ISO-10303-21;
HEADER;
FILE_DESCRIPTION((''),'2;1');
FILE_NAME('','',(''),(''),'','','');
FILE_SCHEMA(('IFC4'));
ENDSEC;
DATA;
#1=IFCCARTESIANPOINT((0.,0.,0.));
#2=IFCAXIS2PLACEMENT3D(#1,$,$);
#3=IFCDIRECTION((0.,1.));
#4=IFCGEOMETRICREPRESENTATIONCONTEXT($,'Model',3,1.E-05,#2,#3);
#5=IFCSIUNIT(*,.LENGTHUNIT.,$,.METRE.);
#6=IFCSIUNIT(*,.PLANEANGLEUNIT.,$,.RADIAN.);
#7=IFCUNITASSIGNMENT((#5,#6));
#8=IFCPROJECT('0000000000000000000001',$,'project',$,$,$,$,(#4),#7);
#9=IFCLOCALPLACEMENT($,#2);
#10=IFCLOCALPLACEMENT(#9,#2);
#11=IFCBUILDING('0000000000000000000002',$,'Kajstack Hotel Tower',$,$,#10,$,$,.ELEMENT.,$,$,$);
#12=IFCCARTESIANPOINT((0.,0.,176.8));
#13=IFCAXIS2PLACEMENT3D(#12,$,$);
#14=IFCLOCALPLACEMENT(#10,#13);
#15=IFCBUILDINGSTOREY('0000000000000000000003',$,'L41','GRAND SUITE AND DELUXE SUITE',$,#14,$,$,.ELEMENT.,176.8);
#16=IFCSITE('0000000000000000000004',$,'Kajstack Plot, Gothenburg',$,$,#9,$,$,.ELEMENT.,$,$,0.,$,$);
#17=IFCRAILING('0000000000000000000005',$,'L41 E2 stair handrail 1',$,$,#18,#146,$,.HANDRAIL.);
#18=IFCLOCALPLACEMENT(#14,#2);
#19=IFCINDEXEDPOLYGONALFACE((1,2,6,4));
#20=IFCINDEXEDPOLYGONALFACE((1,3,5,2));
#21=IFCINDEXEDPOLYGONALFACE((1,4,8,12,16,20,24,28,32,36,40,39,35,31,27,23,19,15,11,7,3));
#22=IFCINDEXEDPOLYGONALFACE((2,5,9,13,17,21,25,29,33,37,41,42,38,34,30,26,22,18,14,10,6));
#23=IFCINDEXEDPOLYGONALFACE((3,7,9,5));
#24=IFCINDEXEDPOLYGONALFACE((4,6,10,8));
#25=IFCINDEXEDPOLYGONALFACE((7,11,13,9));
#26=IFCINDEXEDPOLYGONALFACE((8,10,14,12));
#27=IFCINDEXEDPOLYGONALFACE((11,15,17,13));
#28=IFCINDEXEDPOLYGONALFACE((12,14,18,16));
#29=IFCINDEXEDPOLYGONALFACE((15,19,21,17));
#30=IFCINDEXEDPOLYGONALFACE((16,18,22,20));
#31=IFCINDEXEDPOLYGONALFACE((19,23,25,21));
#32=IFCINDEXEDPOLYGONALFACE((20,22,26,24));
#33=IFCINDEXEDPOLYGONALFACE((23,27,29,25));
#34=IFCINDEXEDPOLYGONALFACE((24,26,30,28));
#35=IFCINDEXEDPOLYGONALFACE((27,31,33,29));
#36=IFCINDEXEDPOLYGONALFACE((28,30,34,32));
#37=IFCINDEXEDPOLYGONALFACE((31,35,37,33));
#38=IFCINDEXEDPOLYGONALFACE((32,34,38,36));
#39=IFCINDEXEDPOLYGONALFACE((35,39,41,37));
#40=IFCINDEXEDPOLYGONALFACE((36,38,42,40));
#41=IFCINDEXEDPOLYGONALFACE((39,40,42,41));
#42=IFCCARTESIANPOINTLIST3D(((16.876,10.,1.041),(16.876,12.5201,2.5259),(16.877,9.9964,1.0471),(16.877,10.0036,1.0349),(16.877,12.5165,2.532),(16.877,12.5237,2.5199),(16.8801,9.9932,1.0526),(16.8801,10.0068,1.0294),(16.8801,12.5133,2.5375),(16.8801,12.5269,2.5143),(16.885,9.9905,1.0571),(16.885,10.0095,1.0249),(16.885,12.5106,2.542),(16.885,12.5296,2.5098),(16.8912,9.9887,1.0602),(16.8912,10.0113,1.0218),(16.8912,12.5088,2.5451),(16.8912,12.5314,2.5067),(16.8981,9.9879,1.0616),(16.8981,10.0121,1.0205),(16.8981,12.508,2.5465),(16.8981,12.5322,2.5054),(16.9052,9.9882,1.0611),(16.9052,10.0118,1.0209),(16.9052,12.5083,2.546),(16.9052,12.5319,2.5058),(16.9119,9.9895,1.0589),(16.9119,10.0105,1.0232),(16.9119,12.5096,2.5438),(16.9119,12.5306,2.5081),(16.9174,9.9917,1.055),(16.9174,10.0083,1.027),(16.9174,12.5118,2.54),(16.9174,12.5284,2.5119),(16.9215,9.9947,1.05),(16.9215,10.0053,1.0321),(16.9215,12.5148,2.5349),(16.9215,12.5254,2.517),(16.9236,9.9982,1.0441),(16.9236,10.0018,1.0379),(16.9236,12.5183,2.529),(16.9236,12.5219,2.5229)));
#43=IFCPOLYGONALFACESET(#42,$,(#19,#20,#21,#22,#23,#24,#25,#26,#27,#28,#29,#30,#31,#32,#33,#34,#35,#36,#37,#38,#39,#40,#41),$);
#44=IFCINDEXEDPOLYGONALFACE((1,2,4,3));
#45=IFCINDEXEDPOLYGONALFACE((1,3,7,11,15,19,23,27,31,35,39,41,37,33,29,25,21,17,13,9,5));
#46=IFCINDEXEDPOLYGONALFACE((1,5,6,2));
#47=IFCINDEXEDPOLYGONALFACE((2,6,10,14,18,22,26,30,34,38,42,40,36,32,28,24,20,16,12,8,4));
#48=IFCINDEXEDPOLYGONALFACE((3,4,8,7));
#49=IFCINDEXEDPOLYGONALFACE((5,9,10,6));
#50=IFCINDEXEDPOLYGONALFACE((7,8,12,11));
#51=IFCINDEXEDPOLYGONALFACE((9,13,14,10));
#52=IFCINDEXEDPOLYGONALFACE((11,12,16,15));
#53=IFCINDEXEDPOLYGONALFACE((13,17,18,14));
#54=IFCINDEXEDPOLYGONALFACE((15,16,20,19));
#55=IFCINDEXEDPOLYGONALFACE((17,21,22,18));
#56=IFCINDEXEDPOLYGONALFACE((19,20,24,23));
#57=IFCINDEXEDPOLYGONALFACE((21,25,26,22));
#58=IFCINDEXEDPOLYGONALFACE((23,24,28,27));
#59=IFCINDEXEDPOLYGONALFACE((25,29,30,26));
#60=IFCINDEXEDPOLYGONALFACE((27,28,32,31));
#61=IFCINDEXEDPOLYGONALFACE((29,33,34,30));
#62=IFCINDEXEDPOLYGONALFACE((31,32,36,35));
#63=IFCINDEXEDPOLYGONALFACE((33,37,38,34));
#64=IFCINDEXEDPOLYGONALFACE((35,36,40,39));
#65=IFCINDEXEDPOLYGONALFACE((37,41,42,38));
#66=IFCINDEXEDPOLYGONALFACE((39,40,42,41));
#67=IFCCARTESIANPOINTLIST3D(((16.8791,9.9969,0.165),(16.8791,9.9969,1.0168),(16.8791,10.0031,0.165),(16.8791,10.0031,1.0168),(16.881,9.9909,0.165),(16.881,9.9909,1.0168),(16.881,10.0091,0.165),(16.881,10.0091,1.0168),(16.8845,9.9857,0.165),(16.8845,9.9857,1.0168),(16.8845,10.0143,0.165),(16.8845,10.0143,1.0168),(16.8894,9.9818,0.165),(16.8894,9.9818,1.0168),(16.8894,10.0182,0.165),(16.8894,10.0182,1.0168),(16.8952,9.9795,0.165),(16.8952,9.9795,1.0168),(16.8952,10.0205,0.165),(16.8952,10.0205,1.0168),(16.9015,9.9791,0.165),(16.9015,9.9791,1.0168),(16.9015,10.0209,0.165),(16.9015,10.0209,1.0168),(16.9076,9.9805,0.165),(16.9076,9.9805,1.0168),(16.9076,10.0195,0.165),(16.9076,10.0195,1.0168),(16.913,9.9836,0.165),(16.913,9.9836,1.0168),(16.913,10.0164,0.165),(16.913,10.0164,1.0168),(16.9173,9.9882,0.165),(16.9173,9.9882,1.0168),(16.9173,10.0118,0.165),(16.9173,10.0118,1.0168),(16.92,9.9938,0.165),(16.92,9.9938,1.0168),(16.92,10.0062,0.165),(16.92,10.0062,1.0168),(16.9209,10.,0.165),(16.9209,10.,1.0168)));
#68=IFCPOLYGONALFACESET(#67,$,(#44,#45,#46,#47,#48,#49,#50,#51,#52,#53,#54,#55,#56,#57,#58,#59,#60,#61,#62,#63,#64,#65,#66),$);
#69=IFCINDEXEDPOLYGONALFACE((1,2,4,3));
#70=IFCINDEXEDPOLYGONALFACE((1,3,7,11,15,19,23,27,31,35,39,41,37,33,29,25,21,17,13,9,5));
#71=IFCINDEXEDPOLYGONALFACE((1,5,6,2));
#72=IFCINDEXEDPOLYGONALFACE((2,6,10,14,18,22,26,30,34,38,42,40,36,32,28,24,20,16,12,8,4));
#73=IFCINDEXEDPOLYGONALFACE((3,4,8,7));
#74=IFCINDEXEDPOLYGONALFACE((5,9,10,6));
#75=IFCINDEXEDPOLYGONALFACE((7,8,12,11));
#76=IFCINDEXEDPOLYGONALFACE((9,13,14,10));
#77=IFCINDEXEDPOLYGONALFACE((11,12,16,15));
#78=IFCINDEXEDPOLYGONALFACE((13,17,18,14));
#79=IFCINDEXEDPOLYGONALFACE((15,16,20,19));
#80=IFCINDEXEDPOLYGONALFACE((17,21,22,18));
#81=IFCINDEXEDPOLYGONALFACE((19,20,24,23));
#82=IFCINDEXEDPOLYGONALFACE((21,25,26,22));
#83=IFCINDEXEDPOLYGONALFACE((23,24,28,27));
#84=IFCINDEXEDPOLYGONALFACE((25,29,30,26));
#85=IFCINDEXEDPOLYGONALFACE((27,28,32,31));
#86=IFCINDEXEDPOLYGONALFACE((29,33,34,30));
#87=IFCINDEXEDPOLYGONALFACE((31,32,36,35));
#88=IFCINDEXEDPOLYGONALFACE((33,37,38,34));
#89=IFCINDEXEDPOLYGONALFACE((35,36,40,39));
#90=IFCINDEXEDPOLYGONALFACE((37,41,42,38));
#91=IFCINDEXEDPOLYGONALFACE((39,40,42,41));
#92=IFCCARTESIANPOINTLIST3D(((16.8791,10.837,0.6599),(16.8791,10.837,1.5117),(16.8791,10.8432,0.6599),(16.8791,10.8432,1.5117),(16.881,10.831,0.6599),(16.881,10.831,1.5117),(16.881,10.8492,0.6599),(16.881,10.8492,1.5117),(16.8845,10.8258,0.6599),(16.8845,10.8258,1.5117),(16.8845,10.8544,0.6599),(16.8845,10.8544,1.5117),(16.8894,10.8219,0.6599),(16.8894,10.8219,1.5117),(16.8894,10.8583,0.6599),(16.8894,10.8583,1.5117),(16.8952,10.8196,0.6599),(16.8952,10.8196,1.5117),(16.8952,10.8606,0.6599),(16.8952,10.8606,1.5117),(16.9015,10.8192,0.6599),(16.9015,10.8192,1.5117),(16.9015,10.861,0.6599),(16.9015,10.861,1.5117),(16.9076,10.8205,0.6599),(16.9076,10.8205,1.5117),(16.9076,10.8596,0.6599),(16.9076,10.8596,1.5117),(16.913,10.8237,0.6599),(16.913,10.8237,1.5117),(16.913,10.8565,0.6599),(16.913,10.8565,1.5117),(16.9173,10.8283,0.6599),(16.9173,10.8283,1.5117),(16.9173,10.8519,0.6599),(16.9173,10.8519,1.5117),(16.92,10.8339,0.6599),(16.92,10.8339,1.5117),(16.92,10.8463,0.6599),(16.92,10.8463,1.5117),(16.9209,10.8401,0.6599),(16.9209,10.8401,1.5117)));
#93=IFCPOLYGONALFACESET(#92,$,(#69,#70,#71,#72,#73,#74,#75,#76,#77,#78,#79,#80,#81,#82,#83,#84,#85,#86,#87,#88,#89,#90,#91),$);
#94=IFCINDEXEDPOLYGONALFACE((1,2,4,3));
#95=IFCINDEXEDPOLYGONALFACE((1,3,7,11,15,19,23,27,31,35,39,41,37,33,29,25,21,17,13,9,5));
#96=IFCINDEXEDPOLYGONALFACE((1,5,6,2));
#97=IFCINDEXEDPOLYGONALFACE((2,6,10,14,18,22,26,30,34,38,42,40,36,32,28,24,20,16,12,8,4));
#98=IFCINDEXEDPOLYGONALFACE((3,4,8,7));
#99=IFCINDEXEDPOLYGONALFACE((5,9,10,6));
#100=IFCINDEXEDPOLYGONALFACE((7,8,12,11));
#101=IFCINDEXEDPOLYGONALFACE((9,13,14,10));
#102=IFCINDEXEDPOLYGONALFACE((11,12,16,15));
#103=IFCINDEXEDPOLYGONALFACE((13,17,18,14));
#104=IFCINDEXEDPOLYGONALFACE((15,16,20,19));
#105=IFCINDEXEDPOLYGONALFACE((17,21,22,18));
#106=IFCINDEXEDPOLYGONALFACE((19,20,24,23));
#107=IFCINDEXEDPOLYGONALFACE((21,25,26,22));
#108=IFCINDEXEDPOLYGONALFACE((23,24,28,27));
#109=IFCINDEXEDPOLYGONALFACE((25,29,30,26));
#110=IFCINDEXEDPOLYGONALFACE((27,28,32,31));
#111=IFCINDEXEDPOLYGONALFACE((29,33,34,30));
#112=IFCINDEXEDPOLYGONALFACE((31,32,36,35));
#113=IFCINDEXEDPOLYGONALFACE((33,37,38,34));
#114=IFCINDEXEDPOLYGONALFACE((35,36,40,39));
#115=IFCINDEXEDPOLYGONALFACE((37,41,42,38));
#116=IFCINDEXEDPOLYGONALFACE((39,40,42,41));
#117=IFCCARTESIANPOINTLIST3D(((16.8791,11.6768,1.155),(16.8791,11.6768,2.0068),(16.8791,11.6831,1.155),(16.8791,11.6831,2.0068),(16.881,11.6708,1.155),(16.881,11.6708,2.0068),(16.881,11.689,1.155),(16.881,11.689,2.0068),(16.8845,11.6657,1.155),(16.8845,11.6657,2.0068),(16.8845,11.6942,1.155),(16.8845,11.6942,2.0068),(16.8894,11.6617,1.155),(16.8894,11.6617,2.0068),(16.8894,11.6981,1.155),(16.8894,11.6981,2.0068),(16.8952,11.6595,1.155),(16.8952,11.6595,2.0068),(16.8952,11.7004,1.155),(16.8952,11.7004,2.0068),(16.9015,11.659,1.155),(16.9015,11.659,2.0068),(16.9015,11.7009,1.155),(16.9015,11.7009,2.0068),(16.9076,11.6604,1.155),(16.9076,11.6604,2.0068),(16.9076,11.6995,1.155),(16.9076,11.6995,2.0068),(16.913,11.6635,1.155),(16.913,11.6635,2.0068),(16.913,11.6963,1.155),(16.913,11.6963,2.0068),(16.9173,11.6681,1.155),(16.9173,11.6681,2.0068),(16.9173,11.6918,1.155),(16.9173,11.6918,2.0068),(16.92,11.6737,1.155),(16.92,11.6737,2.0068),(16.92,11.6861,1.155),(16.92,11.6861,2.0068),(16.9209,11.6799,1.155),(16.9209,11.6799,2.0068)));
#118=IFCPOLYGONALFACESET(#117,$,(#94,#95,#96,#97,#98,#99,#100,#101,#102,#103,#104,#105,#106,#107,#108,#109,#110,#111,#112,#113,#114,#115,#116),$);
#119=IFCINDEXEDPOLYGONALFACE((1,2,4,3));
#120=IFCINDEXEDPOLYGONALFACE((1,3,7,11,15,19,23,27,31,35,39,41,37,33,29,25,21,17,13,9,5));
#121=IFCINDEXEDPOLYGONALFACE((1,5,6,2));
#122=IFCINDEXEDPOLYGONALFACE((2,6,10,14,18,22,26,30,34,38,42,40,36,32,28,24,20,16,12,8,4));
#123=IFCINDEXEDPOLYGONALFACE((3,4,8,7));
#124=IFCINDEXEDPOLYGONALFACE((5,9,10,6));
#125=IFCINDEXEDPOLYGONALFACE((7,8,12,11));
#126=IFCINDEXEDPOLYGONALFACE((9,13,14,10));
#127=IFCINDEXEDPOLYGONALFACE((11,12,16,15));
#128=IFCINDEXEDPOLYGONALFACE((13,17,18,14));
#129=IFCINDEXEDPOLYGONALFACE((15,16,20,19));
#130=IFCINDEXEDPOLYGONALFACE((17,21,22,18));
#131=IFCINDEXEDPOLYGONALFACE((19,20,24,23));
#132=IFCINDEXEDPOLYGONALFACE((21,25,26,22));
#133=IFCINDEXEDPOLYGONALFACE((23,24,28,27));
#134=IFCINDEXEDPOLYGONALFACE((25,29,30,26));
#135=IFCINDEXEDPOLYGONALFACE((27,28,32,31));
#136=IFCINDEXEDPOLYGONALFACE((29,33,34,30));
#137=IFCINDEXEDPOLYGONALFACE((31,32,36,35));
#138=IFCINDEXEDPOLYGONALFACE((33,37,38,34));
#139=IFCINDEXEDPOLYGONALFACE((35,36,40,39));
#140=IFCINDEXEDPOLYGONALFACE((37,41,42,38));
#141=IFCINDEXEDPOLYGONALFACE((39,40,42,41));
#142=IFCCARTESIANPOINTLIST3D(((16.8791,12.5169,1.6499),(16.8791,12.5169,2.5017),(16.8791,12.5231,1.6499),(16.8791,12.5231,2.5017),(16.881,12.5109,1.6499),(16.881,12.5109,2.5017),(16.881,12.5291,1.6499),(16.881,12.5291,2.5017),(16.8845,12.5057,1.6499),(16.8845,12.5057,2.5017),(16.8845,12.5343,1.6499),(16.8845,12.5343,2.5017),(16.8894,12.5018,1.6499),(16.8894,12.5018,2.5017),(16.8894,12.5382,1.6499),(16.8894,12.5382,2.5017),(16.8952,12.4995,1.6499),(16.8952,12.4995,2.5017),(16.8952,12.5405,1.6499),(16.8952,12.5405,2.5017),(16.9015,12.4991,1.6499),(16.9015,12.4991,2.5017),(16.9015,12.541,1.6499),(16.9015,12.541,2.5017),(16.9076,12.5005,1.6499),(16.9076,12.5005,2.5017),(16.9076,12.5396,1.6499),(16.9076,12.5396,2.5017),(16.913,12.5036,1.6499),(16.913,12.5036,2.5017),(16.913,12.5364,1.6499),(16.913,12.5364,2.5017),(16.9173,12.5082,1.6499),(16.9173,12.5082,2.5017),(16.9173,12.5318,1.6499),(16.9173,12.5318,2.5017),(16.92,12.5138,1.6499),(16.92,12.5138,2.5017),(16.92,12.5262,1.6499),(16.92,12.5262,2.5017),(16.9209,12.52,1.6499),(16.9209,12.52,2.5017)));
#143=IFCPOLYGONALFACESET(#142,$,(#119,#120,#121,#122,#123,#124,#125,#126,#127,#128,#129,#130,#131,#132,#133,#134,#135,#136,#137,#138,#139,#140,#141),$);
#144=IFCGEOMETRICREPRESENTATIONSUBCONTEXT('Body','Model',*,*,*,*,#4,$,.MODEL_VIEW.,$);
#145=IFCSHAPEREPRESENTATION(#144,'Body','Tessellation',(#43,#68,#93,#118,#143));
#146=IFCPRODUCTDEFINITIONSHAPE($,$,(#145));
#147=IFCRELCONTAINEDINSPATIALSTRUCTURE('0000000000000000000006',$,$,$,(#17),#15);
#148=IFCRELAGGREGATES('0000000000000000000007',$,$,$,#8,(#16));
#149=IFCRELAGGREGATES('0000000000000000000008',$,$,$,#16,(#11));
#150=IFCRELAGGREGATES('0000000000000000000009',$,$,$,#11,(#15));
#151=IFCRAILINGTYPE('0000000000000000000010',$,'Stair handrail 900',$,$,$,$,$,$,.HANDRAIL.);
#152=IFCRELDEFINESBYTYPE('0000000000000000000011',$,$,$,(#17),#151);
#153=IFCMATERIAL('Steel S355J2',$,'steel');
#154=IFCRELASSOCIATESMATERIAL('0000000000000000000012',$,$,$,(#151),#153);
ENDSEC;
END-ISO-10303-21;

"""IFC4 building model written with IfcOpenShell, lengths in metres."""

from ifc_helpers import new_model, si_unit, direction, frame, origin, origin_2d, place, context, subcontext, project, spatial, circle, extrude, material, type_object, element, save


model = new_model("IFC4")

# Units and contexts
model_context = context("Model", 3, precision=1e-05, world=origin(), true_north=direction((0.0, 1.0)))
body_context = subcontext(model_context, "Body", "Model", "MODEL_VIEW")
ifc_project = project(units=[si_unit("LENGTHUNIT", "METRE"), si_unit("PLANEANGLEUNIT", "RADIAN")], contexts=[model_context])

# Site, building, storey
site_placement = place(None, origin())
site = spatial("IfcSite", under=ifc_project, at=site_placement, Name="Kajstack Plot, Gothenburg", CompositionType="ELEMENT", RefElevation=0.0)
building_placement = place(site_placement, origin())
building = spatial("IfcBuilding", under=site, at=building_placement, Name="Kajstack Hotel Tower", CompositionType="ELEMENT")
storey_placement = place(building_placement, frame((0.0, 0.0, 176.8)))
storey = spatial("IfcBuildingStorey", under=building, at=storey_placement, Name="L41", Description="GRAND SUITE AND DELUXE SUITE", CompositionType="ELEMENT", Elevation=176.8)

# Railing
ifc_material_1 = material(Name="Steel S355J2", Category="steel")
railing_type_1 = type_object("IfcRailingType", Name="Stair handrail 900", PredefinedType="HANDRAIL", material=ifc_material_1)
railing_1_placement = place(storey_placement, frame((16.8999, 10.0, 0.165)))
element("IfcRailing", 1, at=railing_1_placement, inside=storey, type_object=railing_type_1, Name="L41 E2 stair handrail 1", PredefinedType="HANDRAIL", context=body_context, shape_type="SweptSolid", body=[
    extrude(circle(Radius=0.0239, at=origin_2d()), frame((0.0, 0.0, 0.876), z_axis=(0.0, 0.861561, 0.507655), x_axis=(-1.0, 0.0, 0.0)), (0.0, 0.0, 1.0), 2.925),
    extrude(circle(Radius=0.021, at=origin_2d()), origin(), (0.0, 0.0, 1.0), 0.8518),
    extrude(circle(Radius=0.021, at=origin_2d()), frame((0.0, 0.8401, 0.4949)), (0.0, 0.0, 1.0), 0.8518),
    extrude(circle(Radius=0.021, at=origin_2d()), frame((0.0, 1.6799, 0.99)), (0.0, 0.0, 1.0), 0.8518),
    extrude(circle(Radius=0.021, at=origin_2d()), frame((0.0, 2.52, 1.4849)), (0.0, 0.0, 1.0), 0.8518),
])

save(model, "model.ifc")
